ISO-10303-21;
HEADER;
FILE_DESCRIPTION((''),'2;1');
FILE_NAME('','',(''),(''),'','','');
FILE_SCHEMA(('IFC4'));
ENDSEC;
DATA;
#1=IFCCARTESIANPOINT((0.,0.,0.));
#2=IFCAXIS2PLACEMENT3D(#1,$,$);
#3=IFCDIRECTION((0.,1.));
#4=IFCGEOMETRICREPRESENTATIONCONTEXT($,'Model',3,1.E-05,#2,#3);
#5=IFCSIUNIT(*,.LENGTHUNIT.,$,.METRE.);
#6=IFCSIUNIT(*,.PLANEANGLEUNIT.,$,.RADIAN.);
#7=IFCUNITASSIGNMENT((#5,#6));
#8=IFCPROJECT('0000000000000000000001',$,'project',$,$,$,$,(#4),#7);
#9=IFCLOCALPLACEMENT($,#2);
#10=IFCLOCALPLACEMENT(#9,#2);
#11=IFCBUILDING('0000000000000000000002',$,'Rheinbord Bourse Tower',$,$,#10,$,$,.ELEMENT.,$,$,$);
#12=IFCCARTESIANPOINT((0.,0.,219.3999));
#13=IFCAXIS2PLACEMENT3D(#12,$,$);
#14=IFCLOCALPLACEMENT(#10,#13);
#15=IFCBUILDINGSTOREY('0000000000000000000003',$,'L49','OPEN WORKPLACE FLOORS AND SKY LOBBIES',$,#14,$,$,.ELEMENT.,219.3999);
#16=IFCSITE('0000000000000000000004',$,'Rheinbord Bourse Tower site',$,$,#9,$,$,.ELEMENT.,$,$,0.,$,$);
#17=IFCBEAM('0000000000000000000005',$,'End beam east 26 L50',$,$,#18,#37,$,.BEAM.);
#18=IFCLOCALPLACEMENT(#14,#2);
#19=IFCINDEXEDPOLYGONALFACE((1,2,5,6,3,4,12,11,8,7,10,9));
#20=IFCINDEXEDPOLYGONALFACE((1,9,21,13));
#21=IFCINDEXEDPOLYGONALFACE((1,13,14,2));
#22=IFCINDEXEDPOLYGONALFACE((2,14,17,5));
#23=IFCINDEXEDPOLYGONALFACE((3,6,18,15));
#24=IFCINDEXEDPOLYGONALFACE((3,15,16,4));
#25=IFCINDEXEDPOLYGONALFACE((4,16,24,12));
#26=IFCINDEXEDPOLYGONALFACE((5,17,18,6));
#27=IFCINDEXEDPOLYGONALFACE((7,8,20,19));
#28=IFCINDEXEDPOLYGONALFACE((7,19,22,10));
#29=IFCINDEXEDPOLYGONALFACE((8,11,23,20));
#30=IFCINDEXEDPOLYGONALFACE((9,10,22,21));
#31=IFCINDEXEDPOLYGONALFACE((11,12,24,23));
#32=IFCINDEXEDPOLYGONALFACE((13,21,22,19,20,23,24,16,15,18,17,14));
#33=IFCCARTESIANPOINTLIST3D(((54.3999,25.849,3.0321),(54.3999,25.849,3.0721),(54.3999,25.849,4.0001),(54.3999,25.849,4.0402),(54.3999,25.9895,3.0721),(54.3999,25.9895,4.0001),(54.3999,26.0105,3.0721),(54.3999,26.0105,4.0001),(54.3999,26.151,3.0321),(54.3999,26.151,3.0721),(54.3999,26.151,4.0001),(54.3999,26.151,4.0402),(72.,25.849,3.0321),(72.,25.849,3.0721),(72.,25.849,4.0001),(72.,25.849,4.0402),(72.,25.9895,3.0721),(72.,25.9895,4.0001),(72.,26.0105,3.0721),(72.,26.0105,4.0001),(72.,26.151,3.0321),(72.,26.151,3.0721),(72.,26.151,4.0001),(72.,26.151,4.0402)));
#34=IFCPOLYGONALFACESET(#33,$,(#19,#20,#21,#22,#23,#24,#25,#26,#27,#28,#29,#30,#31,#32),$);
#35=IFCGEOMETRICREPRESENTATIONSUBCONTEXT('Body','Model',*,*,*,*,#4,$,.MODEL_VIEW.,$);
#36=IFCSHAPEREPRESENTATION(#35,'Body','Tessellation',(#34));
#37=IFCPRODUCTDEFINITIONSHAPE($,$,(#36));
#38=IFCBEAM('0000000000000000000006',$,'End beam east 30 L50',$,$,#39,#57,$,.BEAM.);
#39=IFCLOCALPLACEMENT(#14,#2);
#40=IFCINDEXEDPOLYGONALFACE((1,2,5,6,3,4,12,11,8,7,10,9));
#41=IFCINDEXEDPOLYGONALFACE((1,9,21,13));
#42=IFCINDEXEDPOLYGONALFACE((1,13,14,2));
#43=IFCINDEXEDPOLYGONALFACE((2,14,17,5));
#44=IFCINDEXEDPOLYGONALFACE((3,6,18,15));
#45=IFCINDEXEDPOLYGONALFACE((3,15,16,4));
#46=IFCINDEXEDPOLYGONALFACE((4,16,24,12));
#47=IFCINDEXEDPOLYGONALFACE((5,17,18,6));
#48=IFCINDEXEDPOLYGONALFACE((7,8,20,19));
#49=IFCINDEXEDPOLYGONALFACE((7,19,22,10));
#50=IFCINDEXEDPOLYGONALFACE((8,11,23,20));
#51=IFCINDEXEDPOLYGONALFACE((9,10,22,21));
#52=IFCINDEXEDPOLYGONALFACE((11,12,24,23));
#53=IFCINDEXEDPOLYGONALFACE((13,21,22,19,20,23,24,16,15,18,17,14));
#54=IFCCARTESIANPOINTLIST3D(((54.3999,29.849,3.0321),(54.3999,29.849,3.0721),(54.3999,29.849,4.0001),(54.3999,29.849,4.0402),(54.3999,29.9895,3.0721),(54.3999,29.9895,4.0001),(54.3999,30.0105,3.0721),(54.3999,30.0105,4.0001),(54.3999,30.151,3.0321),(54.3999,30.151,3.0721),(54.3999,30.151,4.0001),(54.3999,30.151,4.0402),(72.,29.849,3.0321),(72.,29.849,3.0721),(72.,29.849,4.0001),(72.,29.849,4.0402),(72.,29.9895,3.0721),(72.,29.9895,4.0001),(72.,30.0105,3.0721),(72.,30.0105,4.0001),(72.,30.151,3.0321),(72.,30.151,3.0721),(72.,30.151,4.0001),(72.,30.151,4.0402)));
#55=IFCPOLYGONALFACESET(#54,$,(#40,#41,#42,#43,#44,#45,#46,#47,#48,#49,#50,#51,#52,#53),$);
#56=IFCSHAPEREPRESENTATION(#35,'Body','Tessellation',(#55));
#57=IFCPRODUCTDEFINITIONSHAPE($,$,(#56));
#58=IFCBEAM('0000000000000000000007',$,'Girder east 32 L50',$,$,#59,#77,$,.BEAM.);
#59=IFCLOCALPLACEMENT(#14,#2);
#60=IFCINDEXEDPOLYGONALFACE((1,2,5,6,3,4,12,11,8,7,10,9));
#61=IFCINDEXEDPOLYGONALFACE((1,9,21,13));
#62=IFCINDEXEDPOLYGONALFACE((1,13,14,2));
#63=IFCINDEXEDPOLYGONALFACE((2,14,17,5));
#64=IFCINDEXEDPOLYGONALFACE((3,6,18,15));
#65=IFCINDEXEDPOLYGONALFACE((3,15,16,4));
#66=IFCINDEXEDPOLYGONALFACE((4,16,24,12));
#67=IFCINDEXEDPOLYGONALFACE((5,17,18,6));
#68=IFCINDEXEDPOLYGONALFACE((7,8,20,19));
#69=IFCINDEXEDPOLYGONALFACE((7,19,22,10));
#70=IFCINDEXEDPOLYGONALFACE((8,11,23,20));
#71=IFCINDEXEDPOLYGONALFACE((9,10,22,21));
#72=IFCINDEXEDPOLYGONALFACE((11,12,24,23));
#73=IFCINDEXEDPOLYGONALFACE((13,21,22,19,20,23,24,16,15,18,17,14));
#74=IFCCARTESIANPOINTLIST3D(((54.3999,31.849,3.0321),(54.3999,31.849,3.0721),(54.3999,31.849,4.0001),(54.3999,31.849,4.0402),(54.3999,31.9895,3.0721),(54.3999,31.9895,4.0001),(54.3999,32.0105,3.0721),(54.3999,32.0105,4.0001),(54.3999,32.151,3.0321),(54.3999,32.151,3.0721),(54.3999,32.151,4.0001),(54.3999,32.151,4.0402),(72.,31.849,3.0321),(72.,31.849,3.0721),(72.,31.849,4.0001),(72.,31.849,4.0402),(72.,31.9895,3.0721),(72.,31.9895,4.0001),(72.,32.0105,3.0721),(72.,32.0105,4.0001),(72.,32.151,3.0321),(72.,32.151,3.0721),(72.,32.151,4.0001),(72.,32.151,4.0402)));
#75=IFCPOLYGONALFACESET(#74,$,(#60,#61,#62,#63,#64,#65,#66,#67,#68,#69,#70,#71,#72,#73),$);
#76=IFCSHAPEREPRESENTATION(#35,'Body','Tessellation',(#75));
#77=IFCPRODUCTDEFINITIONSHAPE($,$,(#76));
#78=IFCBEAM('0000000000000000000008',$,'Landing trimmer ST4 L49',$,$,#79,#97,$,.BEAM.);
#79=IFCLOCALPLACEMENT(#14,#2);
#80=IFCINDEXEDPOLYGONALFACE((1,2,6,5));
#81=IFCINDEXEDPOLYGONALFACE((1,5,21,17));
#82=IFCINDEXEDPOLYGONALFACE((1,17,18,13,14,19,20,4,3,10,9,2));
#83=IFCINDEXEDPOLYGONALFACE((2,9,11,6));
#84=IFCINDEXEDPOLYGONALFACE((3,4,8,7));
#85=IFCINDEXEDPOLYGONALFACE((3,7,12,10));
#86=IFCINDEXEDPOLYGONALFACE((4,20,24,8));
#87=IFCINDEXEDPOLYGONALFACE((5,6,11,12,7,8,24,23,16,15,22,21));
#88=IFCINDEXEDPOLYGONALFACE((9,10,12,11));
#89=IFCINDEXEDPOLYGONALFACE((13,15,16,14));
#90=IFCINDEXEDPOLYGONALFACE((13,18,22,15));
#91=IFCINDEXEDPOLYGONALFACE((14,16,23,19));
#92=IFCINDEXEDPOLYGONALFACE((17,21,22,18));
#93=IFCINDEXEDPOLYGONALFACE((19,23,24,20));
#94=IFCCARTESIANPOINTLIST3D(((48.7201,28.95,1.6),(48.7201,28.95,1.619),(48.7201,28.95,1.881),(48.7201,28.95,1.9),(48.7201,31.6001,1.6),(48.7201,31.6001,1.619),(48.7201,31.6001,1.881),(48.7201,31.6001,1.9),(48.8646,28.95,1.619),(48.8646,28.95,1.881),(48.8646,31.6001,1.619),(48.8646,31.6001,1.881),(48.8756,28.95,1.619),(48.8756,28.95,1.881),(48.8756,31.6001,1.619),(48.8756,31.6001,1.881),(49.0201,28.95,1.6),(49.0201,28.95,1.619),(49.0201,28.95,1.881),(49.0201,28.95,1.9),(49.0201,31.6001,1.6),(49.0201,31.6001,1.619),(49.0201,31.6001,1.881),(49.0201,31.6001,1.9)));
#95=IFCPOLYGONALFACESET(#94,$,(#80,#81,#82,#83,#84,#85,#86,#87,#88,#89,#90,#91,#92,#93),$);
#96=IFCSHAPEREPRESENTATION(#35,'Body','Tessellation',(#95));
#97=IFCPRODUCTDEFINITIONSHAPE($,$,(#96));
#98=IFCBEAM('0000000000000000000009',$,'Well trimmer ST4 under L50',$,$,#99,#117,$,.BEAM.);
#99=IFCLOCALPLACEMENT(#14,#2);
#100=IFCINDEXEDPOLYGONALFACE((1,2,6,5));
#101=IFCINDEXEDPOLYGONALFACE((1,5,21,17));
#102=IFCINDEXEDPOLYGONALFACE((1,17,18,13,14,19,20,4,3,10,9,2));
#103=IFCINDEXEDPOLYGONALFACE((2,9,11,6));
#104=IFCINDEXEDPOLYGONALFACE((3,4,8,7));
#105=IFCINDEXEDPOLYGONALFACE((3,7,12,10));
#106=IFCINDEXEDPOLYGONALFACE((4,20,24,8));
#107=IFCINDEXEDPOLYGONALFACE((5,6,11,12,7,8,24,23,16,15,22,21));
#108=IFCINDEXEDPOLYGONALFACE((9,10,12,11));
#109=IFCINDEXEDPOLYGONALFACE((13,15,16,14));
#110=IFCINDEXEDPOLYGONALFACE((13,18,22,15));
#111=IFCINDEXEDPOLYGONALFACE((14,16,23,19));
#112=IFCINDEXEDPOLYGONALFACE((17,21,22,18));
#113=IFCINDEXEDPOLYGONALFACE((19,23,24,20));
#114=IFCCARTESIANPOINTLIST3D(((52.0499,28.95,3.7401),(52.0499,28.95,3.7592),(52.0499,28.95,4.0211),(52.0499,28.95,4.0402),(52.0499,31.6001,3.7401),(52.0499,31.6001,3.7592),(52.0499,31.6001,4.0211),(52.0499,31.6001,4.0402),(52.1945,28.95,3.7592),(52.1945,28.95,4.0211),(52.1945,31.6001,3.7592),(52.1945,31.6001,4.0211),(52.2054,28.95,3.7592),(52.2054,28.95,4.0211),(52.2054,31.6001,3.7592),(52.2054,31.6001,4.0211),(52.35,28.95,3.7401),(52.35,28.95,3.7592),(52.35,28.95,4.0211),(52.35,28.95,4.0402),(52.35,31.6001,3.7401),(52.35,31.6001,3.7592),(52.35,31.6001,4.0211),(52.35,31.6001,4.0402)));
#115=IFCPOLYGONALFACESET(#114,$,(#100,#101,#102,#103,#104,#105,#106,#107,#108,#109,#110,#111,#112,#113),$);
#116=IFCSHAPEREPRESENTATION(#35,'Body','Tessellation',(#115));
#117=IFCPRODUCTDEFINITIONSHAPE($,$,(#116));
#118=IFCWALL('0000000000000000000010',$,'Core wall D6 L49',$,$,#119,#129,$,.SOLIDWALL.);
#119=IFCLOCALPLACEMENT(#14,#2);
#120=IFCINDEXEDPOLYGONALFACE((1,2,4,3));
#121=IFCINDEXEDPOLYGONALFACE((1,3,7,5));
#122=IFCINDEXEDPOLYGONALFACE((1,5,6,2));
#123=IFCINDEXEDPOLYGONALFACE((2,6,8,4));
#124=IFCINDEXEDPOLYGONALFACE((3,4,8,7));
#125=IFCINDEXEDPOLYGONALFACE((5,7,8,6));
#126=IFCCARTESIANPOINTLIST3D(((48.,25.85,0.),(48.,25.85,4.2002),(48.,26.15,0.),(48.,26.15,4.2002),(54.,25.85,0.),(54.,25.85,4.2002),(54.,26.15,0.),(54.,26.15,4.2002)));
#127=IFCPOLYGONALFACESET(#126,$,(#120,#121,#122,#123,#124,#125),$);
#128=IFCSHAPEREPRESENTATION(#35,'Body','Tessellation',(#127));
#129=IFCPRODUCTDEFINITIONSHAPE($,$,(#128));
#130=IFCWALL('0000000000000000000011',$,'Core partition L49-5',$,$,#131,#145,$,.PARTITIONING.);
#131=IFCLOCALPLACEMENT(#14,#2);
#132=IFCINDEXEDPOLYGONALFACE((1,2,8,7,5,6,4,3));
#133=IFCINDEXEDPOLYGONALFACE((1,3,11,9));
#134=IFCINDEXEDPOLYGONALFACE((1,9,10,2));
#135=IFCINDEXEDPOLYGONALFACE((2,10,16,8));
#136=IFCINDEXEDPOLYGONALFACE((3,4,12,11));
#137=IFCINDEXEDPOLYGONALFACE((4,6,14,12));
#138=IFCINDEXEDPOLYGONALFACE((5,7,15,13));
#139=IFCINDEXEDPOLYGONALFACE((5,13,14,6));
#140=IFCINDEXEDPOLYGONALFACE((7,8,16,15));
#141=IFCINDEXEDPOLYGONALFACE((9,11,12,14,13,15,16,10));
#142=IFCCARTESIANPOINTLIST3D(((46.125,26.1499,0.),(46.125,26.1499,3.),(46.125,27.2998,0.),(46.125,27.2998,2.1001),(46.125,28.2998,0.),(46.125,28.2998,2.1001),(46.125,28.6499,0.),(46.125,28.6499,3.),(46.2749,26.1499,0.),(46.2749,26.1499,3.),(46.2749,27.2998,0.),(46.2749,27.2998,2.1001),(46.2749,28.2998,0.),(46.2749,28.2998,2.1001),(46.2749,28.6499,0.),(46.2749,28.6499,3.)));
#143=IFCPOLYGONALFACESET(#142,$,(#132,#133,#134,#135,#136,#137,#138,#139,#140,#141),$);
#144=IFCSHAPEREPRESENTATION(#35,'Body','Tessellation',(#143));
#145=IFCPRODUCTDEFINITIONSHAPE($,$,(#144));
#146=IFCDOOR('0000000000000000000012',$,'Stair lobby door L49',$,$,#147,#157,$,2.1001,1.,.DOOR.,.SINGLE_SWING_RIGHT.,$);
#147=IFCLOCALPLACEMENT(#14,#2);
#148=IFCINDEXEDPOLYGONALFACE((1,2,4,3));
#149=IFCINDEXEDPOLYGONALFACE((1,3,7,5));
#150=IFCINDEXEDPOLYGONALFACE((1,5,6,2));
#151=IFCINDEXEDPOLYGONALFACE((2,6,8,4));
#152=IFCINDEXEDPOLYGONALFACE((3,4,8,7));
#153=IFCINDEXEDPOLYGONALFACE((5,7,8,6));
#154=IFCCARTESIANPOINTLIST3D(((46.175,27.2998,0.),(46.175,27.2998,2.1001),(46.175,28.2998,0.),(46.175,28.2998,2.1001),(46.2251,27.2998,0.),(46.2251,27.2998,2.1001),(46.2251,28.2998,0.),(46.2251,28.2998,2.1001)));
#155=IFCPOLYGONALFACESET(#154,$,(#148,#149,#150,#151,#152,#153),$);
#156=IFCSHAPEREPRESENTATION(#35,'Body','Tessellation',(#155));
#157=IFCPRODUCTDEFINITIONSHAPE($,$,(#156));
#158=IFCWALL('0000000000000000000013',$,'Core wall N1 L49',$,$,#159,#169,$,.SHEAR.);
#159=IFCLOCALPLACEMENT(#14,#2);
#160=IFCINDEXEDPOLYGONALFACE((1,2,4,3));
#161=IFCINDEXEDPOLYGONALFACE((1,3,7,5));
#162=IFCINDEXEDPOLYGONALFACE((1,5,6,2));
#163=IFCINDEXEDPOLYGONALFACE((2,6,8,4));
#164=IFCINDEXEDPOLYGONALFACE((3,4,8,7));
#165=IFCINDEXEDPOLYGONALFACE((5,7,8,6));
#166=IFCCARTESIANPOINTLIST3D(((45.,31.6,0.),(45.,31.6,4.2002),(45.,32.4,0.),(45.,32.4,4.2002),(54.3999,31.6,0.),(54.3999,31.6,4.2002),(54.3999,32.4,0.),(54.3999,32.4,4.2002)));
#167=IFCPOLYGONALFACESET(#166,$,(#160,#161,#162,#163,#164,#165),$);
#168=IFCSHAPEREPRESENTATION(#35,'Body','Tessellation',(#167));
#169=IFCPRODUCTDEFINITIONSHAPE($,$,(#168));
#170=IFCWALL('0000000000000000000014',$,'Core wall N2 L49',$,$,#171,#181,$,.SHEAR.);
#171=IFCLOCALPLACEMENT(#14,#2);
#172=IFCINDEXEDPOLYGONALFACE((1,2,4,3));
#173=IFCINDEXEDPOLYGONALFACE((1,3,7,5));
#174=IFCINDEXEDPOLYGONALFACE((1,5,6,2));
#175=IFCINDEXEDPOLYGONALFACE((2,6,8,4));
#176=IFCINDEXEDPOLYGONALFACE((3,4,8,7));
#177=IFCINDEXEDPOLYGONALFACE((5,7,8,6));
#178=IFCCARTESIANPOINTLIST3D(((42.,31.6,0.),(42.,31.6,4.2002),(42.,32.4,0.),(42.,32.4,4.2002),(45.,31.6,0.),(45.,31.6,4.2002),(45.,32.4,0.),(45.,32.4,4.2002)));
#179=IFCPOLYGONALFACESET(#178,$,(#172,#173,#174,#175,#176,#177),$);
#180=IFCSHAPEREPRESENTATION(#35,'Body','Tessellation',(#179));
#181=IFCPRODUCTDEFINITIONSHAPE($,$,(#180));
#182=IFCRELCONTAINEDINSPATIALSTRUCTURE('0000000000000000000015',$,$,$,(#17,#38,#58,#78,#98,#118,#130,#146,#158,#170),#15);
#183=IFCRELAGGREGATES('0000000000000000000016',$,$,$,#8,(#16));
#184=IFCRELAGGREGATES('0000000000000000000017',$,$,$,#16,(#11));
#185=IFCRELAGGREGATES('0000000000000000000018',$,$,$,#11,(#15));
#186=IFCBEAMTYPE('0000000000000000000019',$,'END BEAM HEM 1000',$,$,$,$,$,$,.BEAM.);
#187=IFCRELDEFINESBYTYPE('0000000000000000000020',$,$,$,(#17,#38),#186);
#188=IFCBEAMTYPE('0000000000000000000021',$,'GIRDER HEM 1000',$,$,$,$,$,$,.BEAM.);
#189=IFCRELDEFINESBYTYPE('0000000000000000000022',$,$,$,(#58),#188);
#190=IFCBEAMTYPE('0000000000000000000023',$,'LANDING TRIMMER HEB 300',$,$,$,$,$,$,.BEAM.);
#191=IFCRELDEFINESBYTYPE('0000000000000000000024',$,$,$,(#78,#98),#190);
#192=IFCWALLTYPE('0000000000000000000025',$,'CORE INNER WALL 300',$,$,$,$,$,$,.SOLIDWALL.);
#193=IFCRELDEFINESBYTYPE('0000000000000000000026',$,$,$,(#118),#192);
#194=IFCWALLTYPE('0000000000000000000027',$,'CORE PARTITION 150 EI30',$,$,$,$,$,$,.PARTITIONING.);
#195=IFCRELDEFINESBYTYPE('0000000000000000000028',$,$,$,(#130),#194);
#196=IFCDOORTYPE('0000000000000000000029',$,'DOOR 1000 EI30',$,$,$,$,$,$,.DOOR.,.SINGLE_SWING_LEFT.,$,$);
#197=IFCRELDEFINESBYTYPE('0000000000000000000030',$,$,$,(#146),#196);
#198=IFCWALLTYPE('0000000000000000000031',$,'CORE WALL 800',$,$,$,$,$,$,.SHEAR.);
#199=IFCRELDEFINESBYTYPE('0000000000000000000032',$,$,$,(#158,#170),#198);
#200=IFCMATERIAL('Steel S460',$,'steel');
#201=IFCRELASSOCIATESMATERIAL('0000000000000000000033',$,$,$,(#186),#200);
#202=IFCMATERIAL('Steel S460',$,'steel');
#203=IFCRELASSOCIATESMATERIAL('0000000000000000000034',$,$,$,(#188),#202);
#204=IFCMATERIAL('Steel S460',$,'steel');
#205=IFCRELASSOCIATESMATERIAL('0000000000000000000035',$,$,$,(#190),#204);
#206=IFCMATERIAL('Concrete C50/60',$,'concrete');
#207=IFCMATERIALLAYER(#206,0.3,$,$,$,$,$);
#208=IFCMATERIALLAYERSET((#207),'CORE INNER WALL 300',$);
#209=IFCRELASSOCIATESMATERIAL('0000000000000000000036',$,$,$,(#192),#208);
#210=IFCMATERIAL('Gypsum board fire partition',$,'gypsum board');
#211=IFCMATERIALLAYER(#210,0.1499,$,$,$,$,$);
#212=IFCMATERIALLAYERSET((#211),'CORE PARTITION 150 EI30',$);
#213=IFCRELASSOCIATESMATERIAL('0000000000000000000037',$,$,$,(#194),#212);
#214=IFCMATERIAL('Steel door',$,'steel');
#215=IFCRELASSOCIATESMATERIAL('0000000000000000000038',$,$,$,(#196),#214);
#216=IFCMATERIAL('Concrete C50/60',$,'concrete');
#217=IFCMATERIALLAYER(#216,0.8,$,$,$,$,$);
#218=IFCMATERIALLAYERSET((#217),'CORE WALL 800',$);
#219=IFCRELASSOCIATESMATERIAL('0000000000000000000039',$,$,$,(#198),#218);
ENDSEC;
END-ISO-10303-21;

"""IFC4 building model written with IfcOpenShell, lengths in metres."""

from ifc_helpers import new_model, si_unit, direction, frame, frame_2d, origin, origin_2d, place, context, subcontext, project, spatial, rectangle, i_section, extrude, material, layer, layer_set, material_profile, profile_set, type_object, element, fill, save


model = new_model("IFC4")

# Units and contexts
model_context = context("Model", 3, precision=1e-05, world=origin(), true_north=direction((0.0, 1.0)))
body_context = subcontext(model_context, "Body", "Model", "MODEL_VIEW")
ifc_project = project(units=[si_unit("LENGTHUNIT", "METRE"), si_unit("PLANEANGLEUNIT", "RADIAN")], contexts=[model_context])

# Site, building, storey
site_placement = place(None, origin())
site = spatial("IfcSite", under=ifc_project, at=site_placement, Name="Rheinbord Bourse Tower site", CompositionType="ELEMENT", RefElevation=0.0)
building_placement = place(site_placement, origin())
building = spatial("IfcBuilding", under=site, at=building_placement, Name="Rheinbord Bourse Tower", CompositionType="ELEMENT")
storey_placement = place(building_placement, frame((0.0, 0.0, 219.3999)))
storey = spatial("IfcBuildingStorey", under=building, at=storey_placement, Name="L49", Description="OPEN WORKPLACE FLOORS AND SKY LOBBIES", CompositionType="ELEMENT", Elevation=219.3999)

# Beams
ifc_material_1 = material(Name="Steel S460", Category="steel")
ifc_material_profile_1 = material_profile(ifc_material_1, i_section(OverallWidth=0.302, OverallDepth=1.0081, WebThickness=0.021, FlangeThickness=0.04, at=origin_2d()), Name="HEM 1000")
ifc_profile_set_1 = profile_set([ifc_material_profile_1], Name="Steel S460")
beam_type_1 = type_object("IfcBeamType", Name="END BEAM HEM 1000", PredefinedType="BEAM", material=ifc_profile_set_1)
for number, where, z_axis, x_axis, name in (
    (1, (54.3999, 26.0, 3.5361), (1.0, 0.0, 0.0), (0.0, 1.0, 0.0), "End beam east 26 L50"),
    (2, (54.3999, 30.0, 3.5361), (1.0, 0.0, 0.0), (0.0, 1.0, 0.0), "End beam east 30 L50"),
):
    element("IfcBeam", number, at=place(storey_placement, frame(where, z_axis=z_axis, x_axis=x_axis)), inside=storey, type_object=beam_type_1, Name=name, PredefinedType="BEAM", context=body_context, shape_type="SweptSolid", body=[
        extrude(i_section(OverallWidth=0.302, OverallDepth=1.0081, WebThickness=0.021, FlangeThickness=0.04, at=origin_2d()), origin(), (0.0, 0.0, 1.0), 17.6001),
    ])
ifc_material_2 = material(Name="Steel S460", Category="steel")
ifc_material_profile_2 = material_profile(ifc_material_2, i_section(OverallWidth=0.302, OverallDepth=1.0081, WebThickness=0.021, FlangeThickness=0.04, at=origin_2d()), Name="HEM 1000")
ifc_profile_set_2 = profile_set([ifc_material_profile_2], Name="Steel S460")
beam_type_2 = type_object("IfcBeamType", Name="GIRDER HEM 1000", PredefinedType="BEAM", material=ifc_profile_set_2)
beam_placement = place(storey_placement, frame((54.3999, 32.0, 3.5361), z_axis=(1.0, 0.0, 0.0), x_axis=(0.0, 1.0, 0.0)))
element("IfcBeam", 3, at=beam_placement, inside=storey, type_object=beam_type_2, Name="Girder east 32 L50", PredefinedType="BEAM", context=body_context, shape_type="SweptSolid", body=[
    extrude(i_section(OverallWidth=0.302, OverallDepth=1.0081, WebThickness=0.021, FlangeThickness=0.04, at=origin_2d()), origin(), (0.0, 0.0, 1.0), 17.6001),
])
ifc_material_3 = material(Name="Steel S460", Category="steel")
ifc_material_profile_3 = material_profile(ifc_material_3, i_section(OverallWidth=0.3, OverallDepth=0.3, WebThickness=0.011, FlangeThickness=0.019, at=origin_2d()), Name="HEB 300")
ifc_profile_set_3 = profile_set([ifc_material_profile_3], Name="Steel S460")
beam_type_3 = type_object("IfcBeamType", Name="LANDING TRIMMER HEB 300", PredefinedType="BEAM", material=ifc_profile_set_3)
for number, where, z_axis, x_axis, name in (
    (4, (48.8701, 28.95, 1.75), (0.0, 1.0, 0.0), (-1.0, 0.0, 0.0), "Landing trimmer ST4 L49"),
    (5, (52.2, 28.95, 3.8901), (0.0, 1.0, 0.0), (-1.0, 0.0, 0.0), "Well trimmer ST4 under L50"),
):
    element("IfcBeam", number, at=place(storey_placement, frame(where, z_axis=z_axis, x_axis=x_axis)), inside=storey, type_object=beam_type_3, Name=name, PredefinedType="BEAM", context=body_context, shape_type="SweptSolid", body=[
        extrude(i_section(OverallWidth=0.3, OverallDepth=0.3, WebThickness=0.011, FlangeThickness=0.019, at=origin_2d()), origin(), (0.0, 0.0, 1.0), 2.6501),
    ])

# Wall
ifc_material_4 = material(Name="Concrete C50/60", Category="concrete")
ifc_layer_1 = layer(ifc_material_4, 0.3)
ifc_layer_set_1 = layer_set([ifc_layer_1], Name="CORE INNER WALL 300")
wall_type_1 = type_object("IfcWallType", Name="CORE INNER WALL 300", PredefinedType="SOLIDWALL", material=ifc_layer_set_1)
wall_1_placement = place(storey_placement, frame((48.0, 26.0, 0.0), z_axis=(0.0, 0.0, 1.0), x_axis=(1.0, 0.0, 0.0)))
element("IfcWall", 6, at=wall_1_placement, inside=storey, type_object=wall_type_1, Name="Core wall D6 L49", PredefinedType="SOLIDWALL", context=body_context, shape_type="SweptSolid", body=[
    extrude(rectangle(XDim=6.0, YDim=0.3, at=frame_2d((3.0, 0.0))), origin(), (0.0, 0.0, 1.0), 4.2002),
])

# Wall, opening, door
ifc_material_5 = material(Name="Gypsum board fire partition", Category="gypsum board")
ifc_layer_2 = layer(ifc_material_5, 0.1499)
ifc_layer_set_2 = layer_set([ifc_layer_2], Name="CORE PARTITION 150 EI30")
wall_type_2 = type_object("IfcWallType", Name="CORE PARTITION 150 EI30", PredefinedType="PARTITIONING", material=ifc_layer_set_2)
wall_2_placement = place(storey_placement, frame((46.2, 26.1499, 0.0), z_axis=(0.0, 0.0, 1.0), x_axis=(0.0, 1.0, 0.0)))
wall_2 = element("IfcWall", 7, at=wall_2_placement, inside=storey, type_object=wall_type_2, Name="Core partition L49-5", PredefinedType="PARTITIONING", context=body_context, shape_type="SweptSolid", body=[
    extrude(rectangle(XDim=2.5, YDim=0.1499, at=frame_2d((1.25, 0.0))), origin(), (0.0, 0.0, 1.0), 3.0),
])
opening_1_placement = place(wall_2_placement, frame((1.1499, 0.0, 0.0)))
opening_1 = element("IfcOpeningElement", 8, at=opening_1_placement, cuts=wall_2, PredefinedType="OPENING", context=body_context, shape_type="SweptSolid", body=[
    extrude(rectangle(XDim=1.0, YDim=2.1001, at=frame_2d((0.5, 1.05))), frame((0.0, 0.085, 0.0), z_axis=(0.0, -1.0, 0.0), x_axis=(1.0, 0.0, 0.0)), (0.0, 0.0, 1.0), 0.1699),
])
ifc_material_6 = material(Name="Steel door", Category="steel")
door_type_1 = type_object("IfcDoorType", Name="DOOR 1000 EI30", OperationType="SINGLE_SWING_LEFT", PredefinedType="DOOR", material=ifc_material_6)
door_1_placement = place(opening_1_placement, origin())
door_1 = element("IfcDoor", 9, at=door_1_placement, inside=storey, type_object=door_type_1, Name="Stair lobby door L49", OperationType="SINGLE_SWING_RIGHT", OverallHeight=2.1001, OverallWidth=1.0, PredefinedType="DOOR", context=body_context, shape_type="SweptSolid", body=[
    extrude(rectangle(XDim=1.0, YDim=2.1001, at=frame_2d((0.5, 1.05))), frame((0.0, 0.0249, 0.0), z_axis=(0.0, -1.0, 0.0), x_axis=(1.0, 0.0, 0.0)), (0.0, 0.0, 1.0), 0.05),
])
fill(opening_1, door_1)

# Walls
ifc_material_7 = material(Name="Concrete C50/60", Category="concrete")
ifc_layer_3 = layer(ifc_material_7, 0.8)
ifc_layer_set_3 = layer_set([ifc_layer_3], Name="CORE WALL 800")
wall_type_3 = type_object("IfcWallType", Name="CORE WALL 800", PredefinedType="SHEAR", material=ifc_layer_set_3)
wall_3_placement = place(storey_placement, frame((54.3999, 32.0, 0.0), z_axis=(0.0, 0.0, 1.0), x_axis=(-1.0, 0.0, 0.0)))
element("IfcWall", 10, at=wall_3_placement, inside=storey, type_object=wall_type_3, Name="Core wall N1 L49", PredefinedType="SHEAR", context=body_context, shape_type="SweptSolid", body=[
    extrude(rectangle(XDim=9.3999, YDim=0.8, at=frame_2d((4.7, 0.0))), origin(), (0.0, 0.0, 1.0), 4.2002),
])
wall_4_placement = place(storey_placement, frame((45.0, 32.0, 0.0), z_axis=(0.0, 0.0, 1.0), x_axis=(-1.0, 0.0, 0.0)))
element("IfcWall", 11, at=wall_4_placement, inside=storey, type_object=wall_type_3, Name="Core wall N2 L49", PredefinedType="SHEAR", context=body_context, shape_type="SweptSolid", body=[
    extrude(rectangle(XDim=3.0, YDim=0.8, at=frame_2d((1.5, 0.0))), origin(), (0.0, 0.0, 1.0), 4.2002),
])

save(model, "model.ifc")
